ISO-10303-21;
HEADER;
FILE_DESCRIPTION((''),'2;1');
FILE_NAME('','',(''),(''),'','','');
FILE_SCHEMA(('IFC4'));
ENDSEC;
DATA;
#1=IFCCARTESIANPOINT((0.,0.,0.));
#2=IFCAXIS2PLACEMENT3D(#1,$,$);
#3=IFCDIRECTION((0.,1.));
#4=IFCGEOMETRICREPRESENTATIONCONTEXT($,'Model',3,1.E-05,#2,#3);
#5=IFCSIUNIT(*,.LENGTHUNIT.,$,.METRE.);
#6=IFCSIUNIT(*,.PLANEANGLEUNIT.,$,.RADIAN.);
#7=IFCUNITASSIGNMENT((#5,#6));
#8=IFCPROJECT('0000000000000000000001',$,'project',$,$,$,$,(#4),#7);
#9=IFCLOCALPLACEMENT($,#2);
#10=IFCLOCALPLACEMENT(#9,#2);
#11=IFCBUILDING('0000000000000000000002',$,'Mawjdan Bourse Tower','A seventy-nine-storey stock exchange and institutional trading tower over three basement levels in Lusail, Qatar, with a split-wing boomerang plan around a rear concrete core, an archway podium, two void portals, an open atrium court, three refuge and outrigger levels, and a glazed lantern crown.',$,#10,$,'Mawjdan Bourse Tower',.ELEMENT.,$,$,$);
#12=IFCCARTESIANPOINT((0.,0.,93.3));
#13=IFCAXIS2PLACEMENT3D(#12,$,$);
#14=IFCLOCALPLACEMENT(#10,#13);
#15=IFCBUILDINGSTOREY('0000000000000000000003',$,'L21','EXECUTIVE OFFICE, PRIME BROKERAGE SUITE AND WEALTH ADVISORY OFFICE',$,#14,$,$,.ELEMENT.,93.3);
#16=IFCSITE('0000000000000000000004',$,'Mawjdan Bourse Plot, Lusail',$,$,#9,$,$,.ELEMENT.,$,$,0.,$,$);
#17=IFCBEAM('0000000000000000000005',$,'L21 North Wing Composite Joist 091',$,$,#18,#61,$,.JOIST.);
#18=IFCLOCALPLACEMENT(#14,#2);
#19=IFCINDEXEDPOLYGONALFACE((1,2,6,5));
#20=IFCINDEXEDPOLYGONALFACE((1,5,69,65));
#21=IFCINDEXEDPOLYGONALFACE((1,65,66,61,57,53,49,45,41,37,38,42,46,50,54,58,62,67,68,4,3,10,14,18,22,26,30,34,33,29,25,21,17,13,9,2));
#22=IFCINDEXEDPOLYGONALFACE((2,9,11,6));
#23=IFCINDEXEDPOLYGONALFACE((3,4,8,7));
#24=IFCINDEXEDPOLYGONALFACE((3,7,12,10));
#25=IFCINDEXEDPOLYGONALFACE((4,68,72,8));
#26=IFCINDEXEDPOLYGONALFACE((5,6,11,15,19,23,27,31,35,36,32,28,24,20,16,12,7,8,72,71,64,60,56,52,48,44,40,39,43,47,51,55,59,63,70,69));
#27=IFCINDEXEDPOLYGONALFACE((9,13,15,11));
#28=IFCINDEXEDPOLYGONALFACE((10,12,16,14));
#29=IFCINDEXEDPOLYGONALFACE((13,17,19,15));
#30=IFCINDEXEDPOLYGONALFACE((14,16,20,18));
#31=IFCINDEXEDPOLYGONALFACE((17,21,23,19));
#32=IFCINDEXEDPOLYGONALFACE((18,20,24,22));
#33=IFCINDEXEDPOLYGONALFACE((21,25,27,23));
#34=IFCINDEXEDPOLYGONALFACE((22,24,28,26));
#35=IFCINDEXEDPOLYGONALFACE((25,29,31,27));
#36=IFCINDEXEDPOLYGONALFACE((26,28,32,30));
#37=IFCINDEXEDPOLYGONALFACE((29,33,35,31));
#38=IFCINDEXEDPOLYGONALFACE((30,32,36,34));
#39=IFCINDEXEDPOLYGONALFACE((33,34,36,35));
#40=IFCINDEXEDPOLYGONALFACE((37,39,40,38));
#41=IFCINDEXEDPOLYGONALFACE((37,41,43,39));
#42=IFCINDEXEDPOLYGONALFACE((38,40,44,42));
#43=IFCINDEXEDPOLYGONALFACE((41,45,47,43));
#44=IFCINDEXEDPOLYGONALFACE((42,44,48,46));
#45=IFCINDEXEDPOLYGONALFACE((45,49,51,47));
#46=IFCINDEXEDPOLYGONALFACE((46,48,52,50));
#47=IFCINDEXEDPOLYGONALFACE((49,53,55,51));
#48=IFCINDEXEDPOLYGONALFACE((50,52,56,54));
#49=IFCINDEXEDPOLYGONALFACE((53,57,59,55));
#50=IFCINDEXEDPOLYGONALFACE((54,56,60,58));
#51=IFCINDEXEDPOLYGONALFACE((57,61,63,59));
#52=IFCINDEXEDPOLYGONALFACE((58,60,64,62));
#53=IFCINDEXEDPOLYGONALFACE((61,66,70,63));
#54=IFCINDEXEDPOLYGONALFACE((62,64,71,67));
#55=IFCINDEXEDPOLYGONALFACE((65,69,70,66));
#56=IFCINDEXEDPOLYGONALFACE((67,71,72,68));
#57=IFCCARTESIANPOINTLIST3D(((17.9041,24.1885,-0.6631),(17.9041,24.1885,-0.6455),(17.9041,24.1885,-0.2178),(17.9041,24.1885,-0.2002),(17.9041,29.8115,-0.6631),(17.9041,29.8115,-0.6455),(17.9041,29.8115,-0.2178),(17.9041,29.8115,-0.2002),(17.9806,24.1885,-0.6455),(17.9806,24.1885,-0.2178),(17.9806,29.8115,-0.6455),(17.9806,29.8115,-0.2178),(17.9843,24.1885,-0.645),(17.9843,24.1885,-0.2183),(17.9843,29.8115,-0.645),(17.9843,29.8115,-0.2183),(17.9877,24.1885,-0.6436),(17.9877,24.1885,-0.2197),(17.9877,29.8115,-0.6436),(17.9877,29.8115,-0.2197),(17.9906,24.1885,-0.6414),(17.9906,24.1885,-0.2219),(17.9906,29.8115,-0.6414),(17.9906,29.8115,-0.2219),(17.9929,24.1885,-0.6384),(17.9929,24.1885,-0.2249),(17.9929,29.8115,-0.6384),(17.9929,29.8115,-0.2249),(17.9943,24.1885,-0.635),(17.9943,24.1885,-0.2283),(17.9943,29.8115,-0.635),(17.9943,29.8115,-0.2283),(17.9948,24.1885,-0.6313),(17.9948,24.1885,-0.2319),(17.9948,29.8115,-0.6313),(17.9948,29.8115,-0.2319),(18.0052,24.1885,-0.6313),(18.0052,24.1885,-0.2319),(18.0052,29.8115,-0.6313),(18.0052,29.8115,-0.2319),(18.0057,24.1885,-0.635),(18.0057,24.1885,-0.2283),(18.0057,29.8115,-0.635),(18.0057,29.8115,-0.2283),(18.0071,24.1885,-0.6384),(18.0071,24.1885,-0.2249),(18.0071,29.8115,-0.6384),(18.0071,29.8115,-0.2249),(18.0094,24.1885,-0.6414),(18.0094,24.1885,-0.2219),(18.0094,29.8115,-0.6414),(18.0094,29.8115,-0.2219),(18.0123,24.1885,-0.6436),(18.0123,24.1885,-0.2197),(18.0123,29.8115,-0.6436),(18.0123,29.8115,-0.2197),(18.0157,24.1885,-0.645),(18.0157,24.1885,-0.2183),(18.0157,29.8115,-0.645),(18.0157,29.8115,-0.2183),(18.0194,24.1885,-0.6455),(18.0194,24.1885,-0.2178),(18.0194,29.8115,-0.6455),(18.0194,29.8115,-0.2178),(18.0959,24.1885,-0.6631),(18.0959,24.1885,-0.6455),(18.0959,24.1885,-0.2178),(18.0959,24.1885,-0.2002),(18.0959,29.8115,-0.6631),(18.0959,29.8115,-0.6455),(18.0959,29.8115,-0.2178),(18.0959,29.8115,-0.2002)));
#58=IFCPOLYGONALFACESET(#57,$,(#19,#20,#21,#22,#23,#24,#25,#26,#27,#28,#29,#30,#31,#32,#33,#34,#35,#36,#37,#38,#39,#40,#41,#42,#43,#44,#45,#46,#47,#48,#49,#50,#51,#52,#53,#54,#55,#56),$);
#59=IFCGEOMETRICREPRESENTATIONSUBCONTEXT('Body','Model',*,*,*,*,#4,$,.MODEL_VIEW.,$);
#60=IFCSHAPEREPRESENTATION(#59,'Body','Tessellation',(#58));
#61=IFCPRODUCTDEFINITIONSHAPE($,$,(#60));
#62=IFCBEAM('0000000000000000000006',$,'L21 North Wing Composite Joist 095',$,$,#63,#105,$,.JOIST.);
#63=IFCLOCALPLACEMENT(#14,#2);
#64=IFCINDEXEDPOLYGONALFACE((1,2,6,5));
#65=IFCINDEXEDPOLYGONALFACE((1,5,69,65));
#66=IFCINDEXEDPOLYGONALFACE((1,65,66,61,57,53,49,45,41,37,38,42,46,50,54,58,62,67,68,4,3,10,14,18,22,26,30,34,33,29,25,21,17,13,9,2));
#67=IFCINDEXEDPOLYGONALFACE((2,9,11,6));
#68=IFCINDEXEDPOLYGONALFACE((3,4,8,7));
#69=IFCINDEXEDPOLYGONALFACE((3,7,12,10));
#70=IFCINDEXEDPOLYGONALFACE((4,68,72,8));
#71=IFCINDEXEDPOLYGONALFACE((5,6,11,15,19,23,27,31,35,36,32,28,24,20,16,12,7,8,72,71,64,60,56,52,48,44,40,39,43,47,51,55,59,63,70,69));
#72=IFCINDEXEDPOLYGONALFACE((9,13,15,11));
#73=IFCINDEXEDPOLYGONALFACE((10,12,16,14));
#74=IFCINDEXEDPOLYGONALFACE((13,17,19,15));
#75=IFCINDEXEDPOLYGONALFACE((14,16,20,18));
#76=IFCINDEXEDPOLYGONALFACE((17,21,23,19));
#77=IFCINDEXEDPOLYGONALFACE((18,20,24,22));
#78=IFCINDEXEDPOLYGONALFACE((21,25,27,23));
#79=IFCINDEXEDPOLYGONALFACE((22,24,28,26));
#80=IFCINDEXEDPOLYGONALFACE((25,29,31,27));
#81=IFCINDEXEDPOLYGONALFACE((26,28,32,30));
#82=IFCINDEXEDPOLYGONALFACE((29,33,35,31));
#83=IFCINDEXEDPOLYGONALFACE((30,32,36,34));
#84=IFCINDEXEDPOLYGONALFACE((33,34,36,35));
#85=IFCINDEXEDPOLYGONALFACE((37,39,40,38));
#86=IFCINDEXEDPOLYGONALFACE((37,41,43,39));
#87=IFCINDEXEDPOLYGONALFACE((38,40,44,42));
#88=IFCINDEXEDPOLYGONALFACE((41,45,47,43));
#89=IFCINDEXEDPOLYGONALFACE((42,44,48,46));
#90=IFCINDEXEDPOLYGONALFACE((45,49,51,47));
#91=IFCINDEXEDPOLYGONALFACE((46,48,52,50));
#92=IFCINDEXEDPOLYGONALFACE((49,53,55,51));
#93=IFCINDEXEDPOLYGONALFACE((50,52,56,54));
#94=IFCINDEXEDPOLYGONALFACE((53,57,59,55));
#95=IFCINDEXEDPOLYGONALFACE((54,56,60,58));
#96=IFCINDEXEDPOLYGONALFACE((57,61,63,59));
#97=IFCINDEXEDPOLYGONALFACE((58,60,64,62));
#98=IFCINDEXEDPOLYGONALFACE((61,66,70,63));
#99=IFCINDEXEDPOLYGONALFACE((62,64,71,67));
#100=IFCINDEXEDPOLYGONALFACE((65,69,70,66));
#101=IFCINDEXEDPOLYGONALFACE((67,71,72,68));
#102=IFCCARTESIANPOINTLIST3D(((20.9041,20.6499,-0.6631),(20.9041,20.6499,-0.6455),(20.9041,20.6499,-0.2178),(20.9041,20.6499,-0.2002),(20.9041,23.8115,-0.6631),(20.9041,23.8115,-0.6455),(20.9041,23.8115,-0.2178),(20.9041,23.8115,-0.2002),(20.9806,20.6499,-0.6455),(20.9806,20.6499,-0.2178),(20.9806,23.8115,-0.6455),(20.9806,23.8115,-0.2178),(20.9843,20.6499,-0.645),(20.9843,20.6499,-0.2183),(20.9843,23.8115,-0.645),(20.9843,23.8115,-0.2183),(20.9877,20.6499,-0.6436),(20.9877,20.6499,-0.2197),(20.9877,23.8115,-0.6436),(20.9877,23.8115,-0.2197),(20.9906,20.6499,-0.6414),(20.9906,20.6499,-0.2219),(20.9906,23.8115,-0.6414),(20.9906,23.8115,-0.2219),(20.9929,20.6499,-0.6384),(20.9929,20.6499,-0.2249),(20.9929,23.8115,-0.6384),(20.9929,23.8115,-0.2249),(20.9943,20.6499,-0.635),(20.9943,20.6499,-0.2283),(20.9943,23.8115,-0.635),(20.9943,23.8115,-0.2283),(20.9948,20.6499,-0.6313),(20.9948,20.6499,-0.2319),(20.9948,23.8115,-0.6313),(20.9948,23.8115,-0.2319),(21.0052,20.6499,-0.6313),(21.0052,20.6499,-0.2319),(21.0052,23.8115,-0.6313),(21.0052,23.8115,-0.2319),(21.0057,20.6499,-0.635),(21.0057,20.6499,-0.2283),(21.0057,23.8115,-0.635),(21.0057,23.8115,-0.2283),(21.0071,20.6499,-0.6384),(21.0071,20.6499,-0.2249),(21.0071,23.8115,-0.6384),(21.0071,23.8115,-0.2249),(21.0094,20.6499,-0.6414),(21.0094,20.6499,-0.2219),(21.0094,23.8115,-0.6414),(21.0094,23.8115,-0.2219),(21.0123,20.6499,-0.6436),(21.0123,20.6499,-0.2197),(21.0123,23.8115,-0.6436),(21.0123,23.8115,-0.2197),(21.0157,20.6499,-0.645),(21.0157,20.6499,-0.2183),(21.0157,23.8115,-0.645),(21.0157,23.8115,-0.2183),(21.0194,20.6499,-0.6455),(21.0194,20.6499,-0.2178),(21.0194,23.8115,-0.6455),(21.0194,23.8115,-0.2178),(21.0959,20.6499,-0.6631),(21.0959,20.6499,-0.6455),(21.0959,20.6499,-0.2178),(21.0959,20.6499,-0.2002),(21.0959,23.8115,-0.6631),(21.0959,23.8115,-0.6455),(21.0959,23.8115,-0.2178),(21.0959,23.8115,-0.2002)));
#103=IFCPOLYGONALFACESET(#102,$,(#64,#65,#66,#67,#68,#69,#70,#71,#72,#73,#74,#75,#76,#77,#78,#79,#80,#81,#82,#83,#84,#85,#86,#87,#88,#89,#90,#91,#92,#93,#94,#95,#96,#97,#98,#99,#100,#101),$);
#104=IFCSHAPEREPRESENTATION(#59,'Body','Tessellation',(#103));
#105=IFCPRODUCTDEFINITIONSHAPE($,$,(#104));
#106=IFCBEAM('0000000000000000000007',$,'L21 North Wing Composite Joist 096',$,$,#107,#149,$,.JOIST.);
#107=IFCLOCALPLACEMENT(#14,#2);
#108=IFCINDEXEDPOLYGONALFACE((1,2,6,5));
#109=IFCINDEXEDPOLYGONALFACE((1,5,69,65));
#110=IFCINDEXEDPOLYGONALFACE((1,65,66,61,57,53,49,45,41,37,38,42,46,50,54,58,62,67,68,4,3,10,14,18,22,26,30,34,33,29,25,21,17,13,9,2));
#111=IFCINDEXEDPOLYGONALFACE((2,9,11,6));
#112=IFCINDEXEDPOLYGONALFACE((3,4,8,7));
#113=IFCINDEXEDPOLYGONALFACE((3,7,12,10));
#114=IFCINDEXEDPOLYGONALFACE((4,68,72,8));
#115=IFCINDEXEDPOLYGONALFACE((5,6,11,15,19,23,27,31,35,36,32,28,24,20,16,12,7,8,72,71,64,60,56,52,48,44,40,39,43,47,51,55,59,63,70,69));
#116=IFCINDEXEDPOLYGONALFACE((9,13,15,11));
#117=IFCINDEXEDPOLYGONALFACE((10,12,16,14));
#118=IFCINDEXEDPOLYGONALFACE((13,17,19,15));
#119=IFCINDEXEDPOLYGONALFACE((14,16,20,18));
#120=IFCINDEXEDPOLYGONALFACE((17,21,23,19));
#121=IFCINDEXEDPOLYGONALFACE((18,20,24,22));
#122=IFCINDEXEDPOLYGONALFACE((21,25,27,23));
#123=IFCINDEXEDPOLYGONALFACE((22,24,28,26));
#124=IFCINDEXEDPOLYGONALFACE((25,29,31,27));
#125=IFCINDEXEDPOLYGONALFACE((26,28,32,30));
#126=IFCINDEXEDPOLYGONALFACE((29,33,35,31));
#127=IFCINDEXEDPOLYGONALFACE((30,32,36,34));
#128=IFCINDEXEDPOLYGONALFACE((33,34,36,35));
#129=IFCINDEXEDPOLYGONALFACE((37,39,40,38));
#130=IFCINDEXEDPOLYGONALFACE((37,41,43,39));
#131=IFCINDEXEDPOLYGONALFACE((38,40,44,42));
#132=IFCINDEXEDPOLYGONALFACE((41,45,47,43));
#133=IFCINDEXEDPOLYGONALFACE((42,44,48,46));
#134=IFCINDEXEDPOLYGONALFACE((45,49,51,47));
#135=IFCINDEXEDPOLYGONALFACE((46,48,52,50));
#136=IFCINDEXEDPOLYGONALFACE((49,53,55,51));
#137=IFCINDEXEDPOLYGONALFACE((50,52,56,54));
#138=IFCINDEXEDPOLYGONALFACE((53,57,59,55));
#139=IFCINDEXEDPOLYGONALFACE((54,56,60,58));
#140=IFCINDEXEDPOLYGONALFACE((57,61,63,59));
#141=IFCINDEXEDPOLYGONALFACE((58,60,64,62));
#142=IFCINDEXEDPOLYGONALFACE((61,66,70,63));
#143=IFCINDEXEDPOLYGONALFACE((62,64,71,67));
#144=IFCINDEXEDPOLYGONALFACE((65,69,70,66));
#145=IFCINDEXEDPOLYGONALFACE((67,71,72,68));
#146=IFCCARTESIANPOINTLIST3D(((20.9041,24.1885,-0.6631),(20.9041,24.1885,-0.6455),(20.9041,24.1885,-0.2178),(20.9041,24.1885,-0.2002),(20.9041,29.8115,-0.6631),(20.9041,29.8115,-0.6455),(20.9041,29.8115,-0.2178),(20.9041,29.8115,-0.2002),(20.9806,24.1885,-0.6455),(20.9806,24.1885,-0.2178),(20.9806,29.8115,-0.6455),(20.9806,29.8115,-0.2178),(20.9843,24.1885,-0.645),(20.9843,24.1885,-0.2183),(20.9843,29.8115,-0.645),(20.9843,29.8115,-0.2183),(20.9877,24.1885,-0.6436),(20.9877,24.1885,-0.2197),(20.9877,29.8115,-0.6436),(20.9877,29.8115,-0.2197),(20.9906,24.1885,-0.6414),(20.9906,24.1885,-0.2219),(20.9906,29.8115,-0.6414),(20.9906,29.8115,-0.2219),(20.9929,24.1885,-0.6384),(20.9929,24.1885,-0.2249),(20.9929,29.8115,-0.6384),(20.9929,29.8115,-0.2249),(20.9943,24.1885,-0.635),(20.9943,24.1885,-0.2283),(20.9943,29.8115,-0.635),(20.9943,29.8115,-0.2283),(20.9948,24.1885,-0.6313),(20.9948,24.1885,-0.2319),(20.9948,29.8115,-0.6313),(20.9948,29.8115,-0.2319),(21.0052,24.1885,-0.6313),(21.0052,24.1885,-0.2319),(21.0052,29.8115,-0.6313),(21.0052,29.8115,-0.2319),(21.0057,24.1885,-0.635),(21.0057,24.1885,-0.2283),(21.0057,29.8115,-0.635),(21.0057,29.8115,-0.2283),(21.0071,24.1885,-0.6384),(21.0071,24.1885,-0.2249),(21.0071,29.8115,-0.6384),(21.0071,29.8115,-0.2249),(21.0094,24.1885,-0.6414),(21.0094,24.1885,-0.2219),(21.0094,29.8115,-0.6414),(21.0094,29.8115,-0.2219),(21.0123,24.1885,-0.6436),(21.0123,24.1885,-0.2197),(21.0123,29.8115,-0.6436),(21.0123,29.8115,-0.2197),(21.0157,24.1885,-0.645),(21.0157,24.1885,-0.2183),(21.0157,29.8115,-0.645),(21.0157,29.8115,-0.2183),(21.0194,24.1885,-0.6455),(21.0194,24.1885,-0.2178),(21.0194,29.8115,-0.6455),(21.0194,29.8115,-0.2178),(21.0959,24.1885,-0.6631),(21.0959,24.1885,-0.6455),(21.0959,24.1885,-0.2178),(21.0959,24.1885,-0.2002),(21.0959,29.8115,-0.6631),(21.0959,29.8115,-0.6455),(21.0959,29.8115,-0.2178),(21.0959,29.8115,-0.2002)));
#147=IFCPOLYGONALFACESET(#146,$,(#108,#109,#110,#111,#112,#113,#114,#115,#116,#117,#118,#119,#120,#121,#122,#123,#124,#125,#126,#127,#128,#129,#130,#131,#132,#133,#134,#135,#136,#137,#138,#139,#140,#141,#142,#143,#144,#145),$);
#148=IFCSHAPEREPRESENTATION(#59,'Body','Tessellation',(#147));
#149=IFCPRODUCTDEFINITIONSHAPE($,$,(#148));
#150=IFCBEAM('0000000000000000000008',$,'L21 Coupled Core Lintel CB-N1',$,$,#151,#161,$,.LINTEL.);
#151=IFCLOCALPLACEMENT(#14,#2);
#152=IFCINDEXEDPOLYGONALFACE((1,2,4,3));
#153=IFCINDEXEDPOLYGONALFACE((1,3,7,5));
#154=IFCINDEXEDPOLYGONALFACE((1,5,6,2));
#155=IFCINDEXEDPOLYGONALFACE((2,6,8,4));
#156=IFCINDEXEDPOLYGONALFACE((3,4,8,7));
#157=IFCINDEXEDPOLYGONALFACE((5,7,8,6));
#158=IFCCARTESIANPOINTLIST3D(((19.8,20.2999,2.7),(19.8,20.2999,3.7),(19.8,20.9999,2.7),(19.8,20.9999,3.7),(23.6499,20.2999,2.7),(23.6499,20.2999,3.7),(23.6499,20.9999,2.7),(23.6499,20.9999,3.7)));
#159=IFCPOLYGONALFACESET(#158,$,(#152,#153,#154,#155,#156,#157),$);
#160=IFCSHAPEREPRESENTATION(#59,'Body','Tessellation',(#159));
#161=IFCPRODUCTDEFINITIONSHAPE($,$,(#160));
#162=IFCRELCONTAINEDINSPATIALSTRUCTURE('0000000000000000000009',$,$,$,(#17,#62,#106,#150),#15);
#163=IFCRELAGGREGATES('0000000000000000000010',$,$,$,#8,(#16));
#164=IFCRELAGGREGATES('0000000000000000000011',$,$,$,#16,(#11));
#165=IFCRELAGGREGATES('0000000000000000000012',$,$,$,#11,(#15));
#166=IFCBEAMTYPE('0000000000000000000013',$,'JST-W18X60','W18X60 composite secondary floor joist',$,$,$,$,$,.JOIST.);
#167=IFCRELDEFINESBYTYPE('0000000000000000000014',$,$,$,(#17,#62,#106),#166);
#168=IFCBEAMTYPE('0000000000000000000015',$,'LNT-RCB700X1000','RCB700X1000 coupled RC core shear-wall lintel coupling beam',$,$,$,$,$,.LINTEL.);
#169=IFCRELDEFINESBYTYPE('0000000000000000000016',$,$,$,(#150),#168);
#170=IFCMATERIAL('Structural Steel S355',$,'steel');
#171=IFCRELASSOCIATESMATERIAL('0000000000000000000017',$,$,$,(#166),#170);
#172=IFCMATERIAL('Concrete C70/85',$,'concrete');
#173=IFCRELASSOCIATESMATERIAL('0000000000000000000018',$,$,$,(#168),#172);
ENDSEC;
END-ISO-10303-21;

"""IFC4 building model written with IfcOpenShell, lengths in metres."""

from ifc_helpers import new_model, si_unit, direction, frame, origin, origin_2d, place, context, subcontext, project, spatial, rectangle, i_section, extrude, material, material_profile, profile_set, type_object, element, save


model = new_model("IFC4")

# Units and contexts
model_context = context("Model", 3, precision=1e-05, world=origin(), true_north=direction((0.0, 1.0)))
body_context = subcontext(model_context, "Body", "Model", "MODEL_VIEW")
ifc_project = project(units=[si_unit("LENGTHUNIT", "METRE"), si_unit("PLANEANGLEUNIT", "RADIAN")], contexts=[model_context])

# Site, building, storey
site_placement = place(None, origin())
site = spatial("IfcSite", under=ifc_project, at=site_placement, Name="Mawjdan Bourse Plot, Lusail", CompositionType="ELEMENT", RefElevation=0.0)
building_placement = place(site_placement, origin())
building = spatial("IfcBuilding", under=site, at=building_placement, Name="Mawjdan Bourse Tower", Description="A seventy-nine-storey stock exchange and institutional trading tower over three basement levels in Lusail, Qatar, with a split-wing boomerang plan around a rear concrete core, an archway podium, two void portals, an open atrium court, three refuge and outrigger levels, and a glazed lantern crown.", LongName="Mawjdan Bourse Tower", CompositionType="ELEMENT")
storey_placement = place(building_placement, frame((0.0, 0.0, 93.3)))
storey = spatial("IfcBuildingStorey", under=building, at=storey_placement, Name="L21", Description="EXECUTIVE OFFICE, PRIME BROKERAGE SUITE AND WEALTH ADVISORY OFFICE", CompositionType="ELEMENT", Elevation=93.3)

# Shared definitions
ifc_material_1 = material(Name="Concrete C70/85", Category="concrete")

# Beams
ifc_material_2 = material(Name="Structural Steel S355", Category="steel")
ifc_material_profile_1 = material_profile(ifc_material_2, i_section(OverallWidth=0.1919, OverallDepth=0.4629, WebThickness=0.0105, FlangeThickness=0.0176, FilletRadius=0.0142, at=origin_2d()), Name="W18X60")
ifc_profile_set_1 = profile_set([ifc_material_profile_1], Name="Structural Steel S355")
beam_type_1 = type_object("IfcBeamType", Name="JST-W18X60", Description="W18X60 composite secondary floor joist", PredefinedType="JOIST", material=ifc_profile_set_1)
beam_1_placement = place(storey_placement, frame((18.0, 24.1885, -0.4316), z_axis=(0.0, 1.0, 0.0), x_axis=(-1.0, 0.0, 0.0)))
element("IfcBeam", 1, at=beam_1_placement, inside=storey, type_object=beam_type_1, Name="L21 North Wing Composite Joist 091", PredefinedType="JOIST", context=body_context, shape_type="SweptSolid", body=[
    extrude(i_section(OverallWidth=0.1919, OverallDepth=0.4629, WebThickness=0.0105, FlangeThickness=0.0176, FilletRadius=0.0142, at=origin_2d()), origin(), (0.0, 0.0, 1.0), 5.623),
])
beam_2_placement = place(storey_placement, frame((21.0, 20.6499, -0.4316), z_axis=(0.0, 1.0, 0.0), x_axis=(-1.0, 0.0, 0.0)))
element("IfcBeam", 2, at=beam_2_placement, inside=storey, type_object=beam_type_1, Name="L21 North Wing Composite Joist 095", PredefinedType="JOIST", context=body_context, shape_type="SweptSolid", body=[
    extrude(i_section(OverallWidth=0.1919, OverallDepth=0.4629, WebThickness=0.0105, FlangeThickness=0.0176, FilletRadius=0.0142, at=origin_2d()), origin(), (0.0, 0.0, 1.0), 3.1616),
])
beam_3_placement = place(storey_placement, frame((21.0, 24.1885, -0.4316), z_axis=(0.0, 1.0, 0.0), x_axis=(-1.0, 0.0, 0.0)))
element("IfcBeam", 3, at=beam_3_placement, inside=storey, type_object=beam_type_1, Name="L21 North Wing Composite Joist 096", PredefinedType="JOIST", context=body_context, shape_type="SweptSolid", body=[
    extrude(i_section(OverallWidth=0.1919, OverallDepth=0.4629, WebThickness=0.0105, FlangeThickness=0.0176, FilletRadius=0.0142, at=origin_2d()), origin(), (0.0, 0.0, 1.0), 5.623),
])
ifc_material_profile_2 = material_profile(ifc_material_1, rectangle(XDim=0.7, YDim=1.0, at=origin_2d()), Name="RCB700X1000")
ifc_profile_set_2 = profile_set([ifc_material_profile_2], Name="Concrete C70/85")
beam_type_2 = type_object("IfcBeamType", Name="LNT-RCB700X1000", Description="RCB700X1000 coupled RC core shear-wall lintel coupling beam", PredefinedType="LINTEL", material=ifc_profile_set_2)
beam_4_placement = place(storey_placement, frame((19.8, 20.6499, 3.2), z_axis=(1.0, 0.0, 0.0), x_axis=(0.0, 1.0, 0.0)))
element("IfcBeam", 4, at=beam_4_placement, inside=storey, type_object=beam_type_2, Name="L21 Coupled Core Lintel CB-N1", PredefinedType="LINTEL", context=body_context, shape_type="SweptSolid", body=[
    extrude(rectangle(XDim=0.7, YDim=1.0, at=origin_2d()), origin(), (0.0, 0.0, 1.0), 3.8499),
])

save(model, "model.ifc")
